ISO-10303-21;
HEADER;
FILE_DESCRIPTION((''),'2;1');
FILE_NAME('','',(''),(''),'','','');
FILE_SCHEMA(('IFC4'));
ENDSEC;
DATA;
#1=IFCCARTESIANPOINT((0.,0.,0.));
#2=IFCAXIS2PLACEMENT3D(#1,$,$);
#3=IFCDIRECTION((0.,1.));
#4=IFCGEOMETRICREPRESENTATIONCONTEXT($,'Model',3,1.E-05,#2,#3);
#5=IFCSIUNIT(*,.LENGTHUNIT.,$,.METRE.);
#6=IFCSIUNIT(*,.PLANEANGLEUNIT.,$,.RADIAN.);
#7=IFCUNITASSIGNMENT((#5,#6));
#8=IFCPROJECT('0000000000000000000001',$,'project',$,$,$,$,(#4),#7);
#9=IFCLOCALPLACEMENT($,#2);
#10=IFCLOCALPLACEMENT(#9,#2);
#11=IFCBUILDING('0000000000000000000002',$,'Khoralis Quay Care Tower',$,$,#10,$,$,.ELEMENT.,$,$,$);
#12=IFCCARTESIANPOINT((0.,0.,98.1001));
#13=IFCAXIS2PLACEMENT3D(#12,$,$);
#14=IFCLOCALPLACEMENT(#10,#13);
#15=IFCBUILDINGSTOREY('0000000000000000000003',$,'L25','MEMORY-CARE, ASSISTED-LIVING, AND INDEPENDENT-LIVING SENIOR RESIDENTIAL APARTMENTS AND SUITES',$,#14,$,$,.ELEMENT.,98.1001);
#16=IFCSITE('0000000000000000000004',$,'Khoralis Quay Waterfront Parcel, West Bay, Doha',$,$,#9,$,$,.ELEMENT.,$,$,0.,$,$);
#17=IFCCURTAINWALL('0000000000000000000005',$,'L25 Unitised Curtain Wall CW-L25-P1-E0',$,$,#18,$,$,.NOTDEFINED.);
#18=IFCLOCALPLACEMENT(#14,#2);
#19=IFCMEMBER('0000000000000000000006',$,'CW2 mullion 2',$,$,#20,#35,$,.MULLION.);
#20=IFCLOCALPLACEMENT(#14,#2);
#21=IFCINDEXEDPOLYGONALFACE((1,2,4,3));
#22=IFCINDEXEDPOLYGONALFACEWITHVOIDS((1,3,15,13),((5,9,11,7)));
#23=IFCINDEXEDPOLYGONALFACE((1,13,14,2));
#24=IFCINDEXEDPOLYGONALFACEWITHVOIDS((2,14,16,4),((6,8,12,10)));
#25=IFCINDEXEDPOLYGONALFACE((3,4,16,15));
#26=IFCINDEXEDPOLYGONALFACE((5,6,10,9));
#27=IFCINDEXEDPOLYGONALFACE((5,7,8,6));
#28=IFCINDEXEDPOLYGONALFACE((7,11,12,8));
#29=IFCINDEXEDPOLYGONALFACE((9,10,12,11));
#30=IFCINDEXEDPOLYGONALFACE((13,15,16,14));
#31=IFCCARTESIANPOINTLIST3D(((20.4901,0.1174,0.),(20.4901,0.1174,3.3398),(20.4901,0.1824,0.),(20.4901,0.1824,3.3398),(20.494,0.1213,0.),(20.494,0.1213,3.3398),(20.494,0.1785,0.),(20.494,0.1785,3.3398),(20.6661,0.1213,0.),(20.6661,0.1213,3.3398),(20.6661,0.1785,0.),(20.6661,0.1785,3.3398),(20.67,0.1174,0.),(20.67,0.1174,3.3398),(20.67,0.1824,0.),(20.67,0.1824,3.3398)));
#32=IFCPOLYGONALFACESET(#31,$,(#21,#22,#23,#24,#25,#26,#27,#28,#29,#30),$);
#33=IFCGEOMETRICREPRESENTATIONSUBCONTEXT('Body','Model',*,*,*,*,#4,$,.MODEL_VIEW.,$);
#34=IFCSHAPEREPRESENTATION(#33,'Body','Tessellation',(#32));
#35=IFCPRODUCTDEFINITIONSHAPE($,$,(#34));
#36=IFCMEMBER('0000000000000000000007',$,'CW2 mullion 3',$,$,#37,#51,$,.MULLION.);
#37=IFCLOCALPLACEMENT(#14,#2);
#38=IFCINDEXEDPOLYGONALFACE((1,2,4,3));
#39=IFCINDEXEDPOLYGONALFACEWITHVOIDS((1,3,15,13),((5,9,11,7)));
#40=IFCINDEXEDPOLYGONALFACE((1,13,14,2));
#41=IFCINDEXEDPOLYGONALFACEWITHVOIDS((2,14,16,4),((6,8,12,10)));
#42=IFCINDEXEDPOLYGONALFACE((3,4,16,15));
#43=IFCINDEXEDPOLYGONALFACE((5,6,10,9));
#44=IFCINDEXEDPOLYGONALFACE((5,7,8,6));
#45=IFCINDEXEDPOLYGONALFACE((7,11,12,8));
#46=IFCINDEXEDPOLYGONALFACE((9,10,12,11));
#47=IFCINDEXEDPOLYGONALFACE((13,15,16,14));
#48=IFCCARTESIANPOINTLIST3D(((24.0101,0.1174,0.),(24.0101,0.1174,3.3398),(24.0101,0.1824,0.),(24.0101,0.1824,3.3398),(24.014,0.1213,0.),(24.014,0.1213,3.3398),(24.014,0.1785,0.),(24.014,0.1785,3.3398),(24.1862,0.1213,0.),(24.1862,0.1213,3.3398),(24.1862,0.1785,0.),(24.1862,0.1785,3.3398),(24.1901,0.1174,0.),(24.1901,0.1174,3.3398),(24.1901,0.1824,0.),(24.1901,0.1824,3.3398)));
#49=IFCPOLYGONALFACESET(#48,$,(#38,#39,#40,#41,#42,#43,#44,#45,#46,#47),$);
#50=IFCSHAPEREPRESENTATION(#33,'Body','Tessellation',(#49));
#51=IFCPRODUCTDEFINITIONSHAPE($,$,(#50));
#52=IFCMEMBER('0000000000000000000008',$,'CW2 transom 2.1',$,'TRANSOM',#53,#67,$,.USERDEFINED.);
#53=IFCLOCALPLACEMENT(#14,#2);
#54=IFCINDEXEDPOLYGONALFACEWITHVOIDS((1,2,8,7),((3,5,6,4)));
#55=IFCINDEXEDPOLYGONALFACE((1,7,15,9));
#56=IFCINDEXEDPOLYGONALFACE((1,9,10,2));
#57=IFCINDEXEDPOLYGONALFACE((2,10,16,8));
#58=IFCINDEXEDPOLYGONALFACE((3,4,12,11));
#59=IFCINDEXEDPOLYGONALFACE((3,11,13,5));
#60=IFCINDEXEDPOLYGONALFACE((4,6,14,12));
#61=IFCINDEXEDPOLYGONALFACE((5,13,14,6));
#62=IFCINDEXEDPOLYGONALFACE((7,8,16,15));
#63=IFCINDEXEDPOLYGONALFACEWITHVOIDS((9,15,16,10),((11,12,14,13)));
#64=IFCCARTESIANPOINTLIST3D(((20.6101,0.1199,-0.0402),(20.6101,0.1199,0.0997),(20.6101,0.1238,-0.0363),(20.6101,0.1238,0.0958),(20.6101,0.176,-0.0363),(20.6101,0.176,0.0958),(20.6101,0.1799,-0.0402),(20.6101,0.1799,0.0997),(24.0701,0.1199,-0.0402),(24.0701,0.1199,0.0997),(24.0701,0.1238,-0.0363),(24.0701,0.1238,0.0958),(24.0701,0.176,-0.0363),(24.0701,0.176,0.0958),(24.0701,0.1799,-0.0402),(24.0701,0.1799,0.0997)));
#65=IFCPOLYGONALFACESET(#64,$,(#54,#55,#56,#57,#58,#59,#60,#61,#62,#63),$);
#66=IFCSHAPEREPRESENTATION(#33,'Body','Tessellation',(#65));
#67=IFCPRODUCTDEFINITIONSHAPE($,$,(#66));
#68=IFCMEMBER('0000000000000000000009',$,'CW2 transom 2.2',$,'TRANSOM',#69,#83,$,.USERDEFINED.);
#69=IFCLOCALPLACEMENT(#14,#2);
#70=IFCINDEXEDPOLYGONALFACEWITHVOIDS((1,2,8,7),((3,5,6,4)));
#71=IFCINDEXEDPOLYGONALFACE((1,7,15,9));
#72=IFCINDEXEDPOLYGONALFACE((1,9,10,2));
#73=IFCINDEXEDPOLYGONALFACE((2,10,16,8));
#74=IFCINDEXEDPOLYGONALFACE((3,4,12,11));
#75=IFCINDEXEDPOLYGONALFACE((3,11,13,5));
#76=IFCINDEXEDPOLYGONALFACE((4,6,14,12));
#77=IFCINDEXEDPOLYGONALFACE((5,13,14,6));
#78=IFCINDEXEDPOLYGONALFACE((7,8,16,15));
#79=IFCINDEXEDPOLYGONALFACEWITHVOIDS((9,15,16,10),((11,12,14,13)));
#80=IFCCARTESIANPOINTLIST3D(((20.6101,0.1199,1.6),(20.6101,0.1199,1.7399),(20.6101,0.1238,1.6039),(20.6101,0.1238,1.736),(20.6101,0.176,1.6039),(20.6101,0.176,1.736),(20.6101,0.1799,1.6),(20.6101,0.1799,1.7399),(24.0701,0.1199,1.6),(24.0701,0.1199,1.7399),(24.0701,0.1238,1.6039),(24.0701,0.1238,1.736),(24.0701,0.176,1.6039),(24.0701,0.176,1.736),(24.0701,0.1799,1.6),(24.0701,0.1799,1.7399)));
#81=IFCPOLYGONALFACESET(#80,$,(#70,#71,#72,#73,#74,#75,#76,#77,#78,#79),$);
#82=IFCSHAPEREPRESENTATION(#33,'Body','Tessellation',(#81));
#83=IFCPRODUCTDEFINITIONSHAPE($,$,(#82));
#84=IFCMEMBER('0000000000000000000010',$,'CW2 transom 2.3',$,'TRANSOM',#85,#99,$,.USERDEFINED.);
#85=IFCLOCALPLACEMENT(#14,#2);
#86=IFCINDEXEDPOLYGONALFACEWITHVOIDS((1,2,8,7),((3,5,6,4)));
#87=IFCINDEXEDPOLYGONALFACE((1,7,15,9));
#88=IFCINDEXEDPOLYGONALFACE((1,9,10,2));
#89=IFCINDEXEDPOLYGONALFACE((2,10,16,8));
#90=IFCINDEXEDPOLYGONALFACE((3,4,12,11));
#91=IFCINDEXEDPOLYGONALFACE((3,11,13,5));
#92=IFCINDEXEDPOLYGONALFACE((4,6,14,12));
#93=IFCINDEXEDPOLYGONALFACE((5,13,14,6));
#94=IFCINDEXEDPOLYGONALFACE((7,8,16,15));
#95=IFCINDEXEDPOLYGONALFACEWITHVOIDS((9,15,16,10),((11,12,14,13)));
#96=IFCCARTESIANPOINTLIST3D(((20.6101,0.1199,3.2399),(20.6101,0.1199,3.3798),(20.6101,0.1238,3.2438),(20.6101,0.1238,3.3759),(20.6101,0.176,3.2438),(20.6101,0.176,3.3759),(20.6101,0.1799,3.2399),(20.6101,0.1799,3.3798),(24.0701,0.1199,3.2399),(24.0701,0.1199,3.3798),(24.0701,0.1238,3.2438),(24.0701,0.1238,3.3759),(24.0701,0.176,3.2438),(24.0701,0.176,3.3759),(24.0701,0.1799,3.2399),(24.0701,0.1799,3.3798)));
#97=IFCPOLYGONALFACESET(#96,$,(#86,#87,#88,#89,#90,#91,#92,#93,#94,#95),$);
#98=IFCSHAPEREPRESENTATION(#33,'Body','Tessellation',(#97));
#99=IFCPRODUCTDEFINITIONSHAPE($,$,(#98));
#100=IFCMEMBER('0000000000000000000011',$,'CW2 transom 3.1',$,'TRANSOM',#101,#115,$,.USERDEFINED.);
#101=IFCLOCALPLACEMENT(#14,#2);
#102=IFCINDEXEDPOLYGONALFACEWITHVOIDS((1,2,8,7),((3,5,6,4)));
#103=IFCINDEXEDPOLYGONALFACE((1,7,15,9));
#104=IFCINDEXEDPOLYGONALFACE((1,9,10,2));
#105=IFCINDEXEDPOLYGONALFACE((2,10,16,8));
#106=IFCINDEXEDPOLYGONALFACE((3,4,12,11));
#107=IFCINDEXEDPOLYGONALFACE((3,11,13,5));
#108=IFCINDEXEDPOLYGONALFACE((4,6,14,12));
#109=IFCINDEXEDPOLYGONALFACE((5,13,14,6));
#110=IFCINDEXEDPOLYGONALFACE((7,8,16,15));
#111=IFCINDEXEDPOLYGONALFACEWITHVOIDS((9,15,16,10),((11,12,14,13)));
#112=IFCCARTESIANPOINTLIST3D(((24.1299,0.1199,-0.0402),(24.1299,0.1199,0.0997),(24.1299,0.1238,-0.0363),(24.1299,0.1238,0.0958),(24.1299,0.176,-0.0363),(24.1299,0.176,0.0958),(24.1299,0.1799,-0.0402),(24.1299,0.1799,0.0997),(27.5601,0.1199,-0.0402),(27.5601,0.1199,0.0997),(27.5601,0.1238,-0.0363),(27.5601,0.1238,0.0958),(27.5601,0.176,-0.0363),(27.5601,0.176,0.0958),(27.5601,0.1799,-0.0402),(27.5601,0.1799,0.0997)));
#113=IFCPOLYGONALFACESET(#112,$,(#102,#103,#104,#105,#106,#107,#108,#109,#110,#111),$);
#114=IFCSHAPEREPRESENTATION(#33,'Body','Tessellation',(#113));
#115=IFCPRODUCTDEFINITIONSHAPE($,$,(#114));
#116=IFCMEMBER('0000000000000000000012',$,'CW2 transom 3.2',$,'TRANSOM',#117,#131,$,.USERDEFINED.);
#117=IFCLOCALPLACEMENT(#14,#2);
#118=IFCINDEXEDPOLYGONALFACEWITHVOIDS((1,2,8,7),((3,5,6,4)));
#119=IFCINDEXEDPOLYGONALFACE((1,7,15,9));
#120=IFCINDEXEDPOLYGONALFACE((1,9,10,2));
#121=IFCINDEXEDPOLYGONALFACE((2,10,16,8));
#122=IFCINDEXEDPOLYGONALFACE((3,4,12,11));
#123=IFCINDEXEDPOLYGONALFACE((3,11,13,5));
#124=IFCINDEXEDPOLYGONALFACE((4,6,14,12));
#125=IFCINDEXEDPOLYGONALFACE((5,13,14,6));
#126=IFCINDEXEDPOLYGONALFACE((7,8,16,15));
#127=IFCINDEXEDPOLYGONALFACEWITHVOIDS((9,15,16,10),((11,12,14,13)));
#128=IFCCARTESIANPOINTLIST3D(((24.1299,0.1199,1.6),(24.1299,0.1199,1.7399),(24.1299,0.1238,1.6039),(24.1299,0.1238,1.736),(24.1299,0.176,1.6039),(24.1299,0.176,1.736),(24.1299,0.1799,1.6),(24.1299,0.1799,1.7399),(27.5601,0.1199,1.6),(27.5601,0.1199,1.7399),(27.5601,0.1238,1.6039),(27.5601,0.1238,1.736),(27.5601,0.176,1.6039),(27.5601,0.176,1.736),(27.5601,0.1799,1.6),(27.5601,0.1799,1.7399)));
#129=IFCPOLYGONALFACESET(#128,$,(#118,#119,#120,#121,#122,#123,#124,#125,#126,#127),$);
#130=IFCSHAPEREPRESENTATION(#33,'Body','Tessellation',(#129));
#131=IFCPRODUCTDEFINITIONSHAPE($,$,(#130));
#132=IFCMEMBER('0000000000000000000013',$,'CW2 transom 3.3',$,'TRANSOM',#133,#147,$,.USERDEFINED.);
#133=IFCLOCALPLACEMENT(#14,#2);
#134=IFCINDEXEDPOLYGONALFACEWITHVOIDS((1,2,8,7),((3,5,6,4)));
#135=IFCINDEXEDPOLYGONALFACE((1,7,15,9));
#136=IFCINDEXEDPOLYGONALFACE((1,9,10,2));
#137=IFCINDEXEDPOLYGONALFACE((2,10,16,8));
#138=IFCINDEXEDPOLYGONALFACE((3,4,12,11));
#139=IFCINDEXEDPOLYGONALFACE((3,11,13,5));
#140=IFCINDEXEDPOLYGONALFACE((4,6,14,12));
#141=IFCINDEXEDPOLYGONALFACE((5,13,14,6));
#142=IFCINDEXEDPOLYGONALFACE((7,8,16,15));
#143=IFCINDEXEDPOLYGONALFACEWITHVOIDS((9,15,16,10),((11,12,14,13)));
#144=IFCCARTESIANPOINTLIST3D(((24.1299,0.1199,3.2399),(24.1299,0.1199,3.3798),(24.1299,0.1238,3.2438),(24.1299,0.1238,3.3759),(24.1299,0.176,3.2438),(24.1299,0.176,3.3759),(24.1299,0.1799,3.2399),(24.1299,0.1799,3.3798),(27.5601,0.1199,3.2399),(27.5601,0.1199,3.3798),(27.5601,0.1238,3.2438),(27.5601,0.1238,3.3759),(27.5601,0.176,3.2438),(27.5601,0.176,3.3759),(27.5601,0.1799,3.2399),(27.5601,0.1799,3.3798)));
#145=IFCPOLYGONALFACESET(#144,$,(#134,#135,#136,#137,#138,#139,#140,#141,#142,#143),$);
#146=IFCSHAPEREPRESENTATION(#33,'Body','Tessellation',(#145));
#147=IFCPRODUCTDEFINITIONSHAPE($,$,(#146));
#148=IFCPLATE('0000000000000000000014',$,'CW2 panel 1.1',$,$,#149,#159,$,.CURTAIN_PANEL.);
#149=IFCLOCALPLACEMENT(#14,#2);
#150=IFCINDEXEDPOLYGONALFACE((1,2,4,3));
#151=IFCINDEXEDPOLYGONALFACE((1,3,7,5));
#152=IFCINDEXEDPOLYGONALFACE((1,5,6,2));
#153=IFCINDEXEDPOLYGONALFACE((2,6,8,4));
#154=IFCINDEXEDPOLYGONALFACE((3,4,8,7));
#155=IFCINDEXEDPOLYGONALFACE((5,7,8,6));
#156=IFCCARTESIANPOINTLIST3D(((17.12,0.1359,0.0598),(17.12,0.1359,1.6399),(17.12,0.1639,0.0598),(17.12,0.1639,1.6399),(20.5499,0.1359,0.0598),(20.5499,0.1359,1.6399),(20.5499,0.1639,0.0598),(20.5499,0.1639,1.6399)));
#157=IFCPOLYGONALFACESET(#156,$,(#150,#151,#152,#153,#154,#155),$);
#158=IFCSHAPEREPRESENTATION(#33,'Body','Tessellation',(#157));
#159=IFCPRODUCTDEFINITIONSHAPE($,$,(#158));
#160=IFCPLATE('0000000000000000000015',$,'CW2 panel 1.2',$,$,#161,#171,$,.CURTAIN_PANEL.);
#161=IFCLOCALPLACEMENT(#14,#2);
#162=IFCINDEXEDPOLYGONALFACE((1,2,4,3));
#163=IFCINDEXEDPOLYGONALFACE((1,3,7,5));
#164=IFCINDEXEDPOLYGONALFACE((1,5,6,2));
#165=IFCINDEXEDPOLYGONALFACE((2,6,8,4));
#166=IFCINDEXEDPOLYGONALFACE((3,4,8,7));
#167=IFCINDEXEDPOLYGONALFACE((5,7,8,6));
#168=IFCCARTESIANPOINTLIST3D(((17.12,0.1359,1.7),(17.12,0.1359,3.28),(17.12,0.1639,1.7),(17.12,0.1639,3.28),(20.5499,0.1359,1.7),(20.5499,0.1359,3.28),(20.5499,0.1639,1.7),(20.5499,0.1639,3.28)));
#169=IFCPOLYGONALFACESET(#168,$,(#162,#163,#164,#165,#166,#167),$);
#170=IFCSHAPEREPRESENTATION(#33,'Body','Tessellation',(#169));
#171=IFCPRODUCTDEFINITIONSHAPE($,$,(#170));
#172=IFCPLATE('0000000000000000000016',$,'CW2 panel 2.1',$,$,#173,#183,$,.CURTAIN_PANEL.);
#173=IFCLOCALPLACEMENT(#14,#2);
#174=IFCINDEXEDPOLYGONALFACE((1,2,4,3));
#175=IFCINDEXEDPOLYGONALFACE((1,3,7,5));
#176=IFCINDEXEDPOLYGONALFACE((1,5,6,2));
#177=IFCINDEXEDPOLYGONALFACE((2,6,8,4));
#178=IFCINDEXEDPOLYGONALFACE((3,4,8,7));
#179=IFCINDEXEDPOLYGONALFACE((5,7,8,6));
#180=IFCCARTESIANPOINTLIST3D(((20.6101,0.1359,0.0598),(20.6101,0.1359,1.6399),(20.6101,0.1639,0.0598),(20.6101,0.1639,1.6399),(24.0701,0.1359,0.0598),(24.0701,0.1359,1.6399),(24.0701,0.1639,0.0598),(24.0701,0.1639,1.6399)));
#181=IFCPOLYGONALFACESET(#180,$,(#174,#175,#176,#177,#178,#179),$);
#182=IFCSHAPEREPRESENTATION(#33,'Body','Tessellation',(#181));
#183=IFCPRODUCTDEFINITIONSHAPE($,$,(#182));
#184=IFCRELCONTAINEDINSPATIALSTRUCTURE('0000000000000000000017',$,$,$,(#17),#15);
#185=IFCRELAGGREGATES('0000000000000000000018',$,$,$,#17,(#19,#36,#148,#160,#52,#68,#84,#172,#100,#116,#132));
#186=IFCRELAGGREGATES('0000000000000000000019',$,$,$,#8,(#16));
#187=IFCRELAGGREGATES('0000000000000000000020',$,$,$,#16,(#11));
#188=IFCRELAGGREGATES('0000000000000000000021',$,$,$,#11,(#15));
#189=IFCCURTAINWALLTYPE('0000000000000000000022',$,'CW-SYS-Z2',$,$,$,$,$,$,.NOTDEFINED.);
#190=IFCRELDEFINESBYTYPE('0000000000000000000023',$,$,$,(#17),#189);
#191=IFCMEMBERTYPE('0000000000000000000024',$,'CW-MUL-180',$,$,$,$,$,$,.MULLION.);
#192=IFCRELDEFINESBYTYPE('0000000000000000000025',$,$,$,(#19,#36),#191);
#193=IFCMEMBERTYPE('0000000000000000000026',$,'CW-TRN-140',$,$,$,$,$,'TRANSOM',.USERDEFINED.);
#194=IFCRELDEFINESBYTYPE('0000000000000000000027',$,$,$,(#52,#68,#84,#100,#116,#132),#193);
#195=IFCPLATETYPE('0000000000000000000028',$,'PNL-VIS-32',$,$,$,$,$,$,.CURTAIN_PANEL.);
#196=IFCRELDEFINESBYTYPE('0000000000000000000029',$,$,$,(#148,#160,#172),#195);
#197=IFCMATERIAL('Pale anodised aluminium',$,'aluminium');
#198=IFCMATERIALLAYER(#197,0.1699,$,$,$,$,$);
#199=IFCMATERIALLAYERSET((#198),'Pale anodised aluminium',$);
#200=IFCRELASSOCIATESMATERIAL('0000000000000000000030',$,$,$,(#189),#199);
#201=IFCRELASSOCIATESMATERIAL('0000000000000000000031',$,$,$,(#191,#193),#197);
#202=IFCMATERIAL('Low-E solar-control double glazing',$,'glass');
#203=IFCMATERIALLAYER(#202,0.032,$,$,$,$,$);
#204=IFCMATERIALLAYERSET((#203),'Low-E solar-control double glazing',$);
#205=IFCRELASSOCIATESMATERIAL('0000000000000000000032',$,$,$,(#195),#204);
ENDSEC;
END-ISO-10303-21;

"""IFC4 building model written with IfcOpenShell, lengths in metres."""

from ifc_helpers import new_model, si_unit, direction, frame, origin, origin_2d, place, context, subcontext, project, spatial, rectangle, hollow_rectangle, extrude, source, transform, mapped, material, layer, layer_set, material_profile, profile_set, type_object, element, aggregate, save


model = new_model("IFC4")

# Units and contexts
model_context = context("Model", 3, precision=1e-05, world=origin(), true_north=direction((0.0, 1.0)))
body_context = subcontext(model_context, "Body", "Model", "MODEL_VIEW")
ifc_project = project(units=[si_unit("LENGTHUNIT", "METRE"), si_unit("PLANEANGLEUNIT", "RADIAN")], contexts=[model_context])

# Site, building, storey
site_placement = place(None, origin())
site = spatial("IfcSite", under=ifc_project, at=site_placement, Name="Khoralis Quay Waterfront Parcel, West Bay, Doha", CompositionType="ELEMENT", RefElevation=0.0)
building_placement = place(site_placement, origin())
building = spatial("IfcBuilding", under=site, at=building_placement, Name="Khoralis Quay Care Tower", CompositionType="ELEMENT")
storey_placement = place(building_placement, frame((0.0, 0.0, 98.1001)))
storey = spatial("IfcBuildingStorey", under=building, at=storey_placement, Name="L25", Description="MEMORY-CARE, ASSISTED-LIVING, AND INDEPENDENT-LIVING SENIOR RESIDENTIAL APARTMENTS AND SUITES", CompositionType="ELEMENT", Elevation=98.1001)

# Curtain wall, members, plates
ifc_material_1 = material(Name="Pale anodised aluminium", Category="aluminium")
ifc_layer_1 = layer(ifc_material_1, 0.1699)
ifc_layer_set_1 = layer_set([ifc_layer_1], Name="Pale anodised aluminium")
curtain_wall_type = type_object("IfcCurtainWallType", Name="CW-SYS-Z2", PredefinedType="NOTDEFINED", material=ifc_layer_set_1)
curtain_wall_placement = place(storey_placement, origin())
curtain_wall = element("IfcCurtainWall", 1, at=curtain_wall_placement, inside=storey, type_object=curtain_wall_type, Name="L25 Unitised Curtain Wall CW-L25-P1-E0", PredefinedType="NOTDEFINED")
ifc_material_profile_1 = material_profile(ifc_material_1, hollow_rectangle(XDim=0.0649, YDim=0.1799, WallThickness=0.0039, at=origin_2d()), Name="Pale anodised aluminium")
ifc_profile_set_1 = profile_set([ifc_material_profile_1], Name="Pale anodised aluminium")
member_type_1 = type_object("IfcMemberType", Name="CW-MUL-180", PredefinedType="MULLION", material=ifc_profile_set_1)
shared_shape_1 = source(origin(), body_context, "Body", "SweptSolid", [
    extrude(hollow_rectangle(XDim=0.0649, YDim=0.1799, WallThickness=0.0039, at=origin_2d()), origin(), (0.0, 0.0, 1.0), 3.3398),
])
member_1_placement = place(storey_placement, frame((20.5801, 0.1499, 0.0), z_axis=(0.0, 0.0, 1.0), x_axis=(0.0, 1.0, 0.0)))
member_1 = element("IfcMember", 2, at=member_1_placement, type_object=member_type_1, Name="CW2 mullion 2", PredefinedType="MULLION", context=body_context, shape_type="MappedRepresentation", body=[
    mapped(shared_shape_1, transform((0.0, 0.0, 0.0), scale=1.0)),
])
member_2_placement = place(storey_placement, frame((24.1001, 0.1499, 0.0), z_axis=(0.0, 0.0, 1.0), x_axis=(0.0, 1.0, 0.0)))
member_2 = element("IfcMember", 3, at=member_2_placement, type_object=member_type_1, Name="CW2 mullion 3", PredefinedType="MULLION", context=body_context, shape_type="MappedRepresentation", body=[
    mapped(shared_shape_1, transform((0.0, 0.0, 0.0), scale=1.0)),
])
ifc_material_profile_2 = material_profile(ifc_material_1, hollow_rectangle(XDim=0.0601, YDim=0.1399, WallThickness=0.0039, at=origin_2d()), Name="Pale anodised aluminium")
ifc_profile_set_2 = profile_set([ifc_material_profile_2], Name="Pale anodised aluminium")
member_type_2 = type_object("IfcMemberType", Name="CW-TRN-140", ElementType="TRANSOM", PredefinedType="USERDEFINED", material=ifc_profile_set_2)
shared_shape_2 = source(origin(), body_context, "Body", "SweptSolid", [
    extrude(hollow_rectangle(XDim=0.0601, YDim=0.1399, WallThickness=0.0039, at=origin_2d()), origin(), (0.0, 0.0, 1.0), 3.46),
])
member_3_placement = place(storey_placement, frame((20.6101, 0.1499, 0.0298), z_axis=(1.0, 0.0, 0.0), x_axis=(0.0, 1.0, 0.0)))
member_3 = element("IfcMember", 4, at=member_3_placement, type_object=member_type_2, Name="CW2 transom 2.1", ObjectType="TRANSOM", PredefinedType="USERDEFINED", context=body_context, shape_type="MappedRepresentation", body=[
    mapped(shared_shape_2, transform((0.0, 0.0, 0.0), scale=1.0)),
])
member_4_placement = place(storey_placement, frame((20.6101, 0.1499, 1.6699), z_axis=(1.0, 0.0, 0.0), x_axis=(0.0, 1.0, 0.0)))
member_4 = element("IfcMember", 5, at=member_4_placement, type_object=member_type_2, Name="CW2 transom 2.2", ObjectType="TRANSOM", PredefinedType="USERDEFINED", context=body_context, shape_type="MappedRepresentation", body=[
    mapped(shared_shape_2, transform((0.0, 0.0, 0.0), scale=1.0)),
])
member_5_placement = place(storey_placement, frame((20.6101, 0.1499, 3.3098), z_axis=(1.0, 0.0, 0.0), x_axis=(0.0, 1.0, 0.0)))
member_5 = element("IfcMember", 6, at=member_5_placement, type_object=member_type_2, Name="CW2 transom 2.3", ObjectType="TRANSOM", PredefinedType="USERDEFINED", context=body_context, shape_type="MappedRepresentation", body=[
    mapped(shared_shape_2, transform((0.0, 0.0, 0.0), scale=1.0)),
])
shared_shape_3 = source(origin(), body_context, "Body", "SweptSolid", [
    extrude(hollow_rectangle(XDim=0.0601, YDim=0.1399, WallThickness=0.0039, at=origin_2d()), origin(), (0.0, 0.0, 1.0), 3.4302),
])
member_6_placement = place(storey_placement, frame((24.1299, 0.1499, 0.0298), z_axis=(1.0, 0.0, 0.0), x_axis=(0.0, 1.0, 0.0)))
member_6 = element("IfcMember", 7, at=member_6_placement, type_object=member_type_2, Name="CW2 transom 3.1", ObjectType="TRANSOM", PredefinedType="USERDEFINED", context=body_context, shape_type="MappedRepresentation", body=[
    mapped(shared_shape_3, transform((0.0, 0.0, 0.0), scale=1.0)),
])
member_7_placement = place(storey_placement, frame((24.1299, 0.1499, 1.6699), z_axis=(1.0, 0.0, 0.0), x_axis=(0.0, 1.0, 0.0)))
member_7 = element("IfcMember", 8, at=member_7_placement, type_object=member_type_2, Name="CW2 transom 3.2", ObjectType="TRANSOM", PredefinedType="USERDEFINED", context=body_context, shape_type="MappedRepresentation", body=[
    mapped(shared_shape_3, transform((0.0, 0.0, 0.0), scale=1.0)),
])
member_8_placement = place(storey_placement, frame((24.1299, 0.1499, 3.3098), z_axis=(1.0, 0.0, 0.0), x_axis=(0.0, 1.0, 0.0)))
member_8 = element("IfcMember", 9, at=member_8_placement, type_object=member_type_2, Name="CW2 transom 3.3", ObjectType="TRANSOM", PredefinedType="USERDEFINED", context=body_context, shape_type="MappedRepresentation", body=[
    mapped(shared_shape_3, transform((0.0, 0.0, 0.0), scale=1.0)),
])
ifc_material_2 = material(Name="Low-E solar-control double glazing", Category="glass")
ifc_layer_2 = layer(ifc_material_2, 0.032)
ifc_layer_set_2 = layer_set([ifc_layer_2], Name="Low-E solar-control double glazing")
plate_type = type_object("IfcPlateType", Name="PNL-VIS-32", PredefinedType="CURTAIN_PANEL", material=ifc_layer_set_2)
shared_shape_4 = source(origin(), body_context, "Body", "SweptSolid", [
    extrude(rectangle(XDim=3.4299, YDim=0.0281, at=origin_2d()), origin(), (0.0, 0.0, 1.0), 1.5801),
])
plate_1_placement = place(storey_placement, frame((18.835, 0.1499, 0.0598), z_axis=(0.0, 0.0, 1.0), x_axis=(1.0, 0.0, 0.0)))
plate_1 = element("IfcPlate", 10, at=plate_1_placement, type_object=plate_type, Name="CW2 panel 1.1", PredefinedType="CURTAIN_PANEL", context=body_context, shape_type="MappedRepresentation", body=[
    mapped(shared_shape_4, transform((0.0, 0.0, 0.0), scale=1.0)),
])
plate_2_placement = place(storey_placement, frame((18.835, 0.1499, 1.7), z_axis=(0.0, 0.0, 1.0), x_axis=(1.0, 0.0, 0.0)))
plate_2 = element("IfcPlate", 11, at=plate_2_placement, type_object=plate_type, Name="CW2 panel 1.2", PredefinedType="CURTAIN_PANEL", context=body_context, shape_type="MappedRepresentation", body=[
    mapped(shared_shape_4, transform((0.0, 0.0, 0.0), scale=1.0)),
])
shared_shape_5 = source(origin(), body_context, "Body", "SweptSolid", [
    extrude(rectangle(XDim=3.46, YDim=0.0281, at=origin_2d()), origin(), (0.0, 0.0, 1.0), 1.5801),
])
plate_3_placement = place(storey_placement, frame((22.3401, 0.1499, 0.0598), z_axis=(0.0, 0.0, 1.0), x_axis=(1.0, 0.0, 0.0)))
plate_3 = element("IfcPlate", 12, at=plate_3_placement, type_object=plate_type, Name="CW2 panel 2.1", PredefinedType="CURTAIN_PANEL", context=body_context, shape_type="MappedRepresentation", body=[
    mapped(shared_shape_5, transform((0.0, 0.0, 0.0), scale=1.0)),
])
aggregate(curtain_wall, [member_1, member_2, plate_1, plate_2, member_3, member_4, member_5, plate_3, member_6, member_7, member_8])

save(model, "model.ifc")
